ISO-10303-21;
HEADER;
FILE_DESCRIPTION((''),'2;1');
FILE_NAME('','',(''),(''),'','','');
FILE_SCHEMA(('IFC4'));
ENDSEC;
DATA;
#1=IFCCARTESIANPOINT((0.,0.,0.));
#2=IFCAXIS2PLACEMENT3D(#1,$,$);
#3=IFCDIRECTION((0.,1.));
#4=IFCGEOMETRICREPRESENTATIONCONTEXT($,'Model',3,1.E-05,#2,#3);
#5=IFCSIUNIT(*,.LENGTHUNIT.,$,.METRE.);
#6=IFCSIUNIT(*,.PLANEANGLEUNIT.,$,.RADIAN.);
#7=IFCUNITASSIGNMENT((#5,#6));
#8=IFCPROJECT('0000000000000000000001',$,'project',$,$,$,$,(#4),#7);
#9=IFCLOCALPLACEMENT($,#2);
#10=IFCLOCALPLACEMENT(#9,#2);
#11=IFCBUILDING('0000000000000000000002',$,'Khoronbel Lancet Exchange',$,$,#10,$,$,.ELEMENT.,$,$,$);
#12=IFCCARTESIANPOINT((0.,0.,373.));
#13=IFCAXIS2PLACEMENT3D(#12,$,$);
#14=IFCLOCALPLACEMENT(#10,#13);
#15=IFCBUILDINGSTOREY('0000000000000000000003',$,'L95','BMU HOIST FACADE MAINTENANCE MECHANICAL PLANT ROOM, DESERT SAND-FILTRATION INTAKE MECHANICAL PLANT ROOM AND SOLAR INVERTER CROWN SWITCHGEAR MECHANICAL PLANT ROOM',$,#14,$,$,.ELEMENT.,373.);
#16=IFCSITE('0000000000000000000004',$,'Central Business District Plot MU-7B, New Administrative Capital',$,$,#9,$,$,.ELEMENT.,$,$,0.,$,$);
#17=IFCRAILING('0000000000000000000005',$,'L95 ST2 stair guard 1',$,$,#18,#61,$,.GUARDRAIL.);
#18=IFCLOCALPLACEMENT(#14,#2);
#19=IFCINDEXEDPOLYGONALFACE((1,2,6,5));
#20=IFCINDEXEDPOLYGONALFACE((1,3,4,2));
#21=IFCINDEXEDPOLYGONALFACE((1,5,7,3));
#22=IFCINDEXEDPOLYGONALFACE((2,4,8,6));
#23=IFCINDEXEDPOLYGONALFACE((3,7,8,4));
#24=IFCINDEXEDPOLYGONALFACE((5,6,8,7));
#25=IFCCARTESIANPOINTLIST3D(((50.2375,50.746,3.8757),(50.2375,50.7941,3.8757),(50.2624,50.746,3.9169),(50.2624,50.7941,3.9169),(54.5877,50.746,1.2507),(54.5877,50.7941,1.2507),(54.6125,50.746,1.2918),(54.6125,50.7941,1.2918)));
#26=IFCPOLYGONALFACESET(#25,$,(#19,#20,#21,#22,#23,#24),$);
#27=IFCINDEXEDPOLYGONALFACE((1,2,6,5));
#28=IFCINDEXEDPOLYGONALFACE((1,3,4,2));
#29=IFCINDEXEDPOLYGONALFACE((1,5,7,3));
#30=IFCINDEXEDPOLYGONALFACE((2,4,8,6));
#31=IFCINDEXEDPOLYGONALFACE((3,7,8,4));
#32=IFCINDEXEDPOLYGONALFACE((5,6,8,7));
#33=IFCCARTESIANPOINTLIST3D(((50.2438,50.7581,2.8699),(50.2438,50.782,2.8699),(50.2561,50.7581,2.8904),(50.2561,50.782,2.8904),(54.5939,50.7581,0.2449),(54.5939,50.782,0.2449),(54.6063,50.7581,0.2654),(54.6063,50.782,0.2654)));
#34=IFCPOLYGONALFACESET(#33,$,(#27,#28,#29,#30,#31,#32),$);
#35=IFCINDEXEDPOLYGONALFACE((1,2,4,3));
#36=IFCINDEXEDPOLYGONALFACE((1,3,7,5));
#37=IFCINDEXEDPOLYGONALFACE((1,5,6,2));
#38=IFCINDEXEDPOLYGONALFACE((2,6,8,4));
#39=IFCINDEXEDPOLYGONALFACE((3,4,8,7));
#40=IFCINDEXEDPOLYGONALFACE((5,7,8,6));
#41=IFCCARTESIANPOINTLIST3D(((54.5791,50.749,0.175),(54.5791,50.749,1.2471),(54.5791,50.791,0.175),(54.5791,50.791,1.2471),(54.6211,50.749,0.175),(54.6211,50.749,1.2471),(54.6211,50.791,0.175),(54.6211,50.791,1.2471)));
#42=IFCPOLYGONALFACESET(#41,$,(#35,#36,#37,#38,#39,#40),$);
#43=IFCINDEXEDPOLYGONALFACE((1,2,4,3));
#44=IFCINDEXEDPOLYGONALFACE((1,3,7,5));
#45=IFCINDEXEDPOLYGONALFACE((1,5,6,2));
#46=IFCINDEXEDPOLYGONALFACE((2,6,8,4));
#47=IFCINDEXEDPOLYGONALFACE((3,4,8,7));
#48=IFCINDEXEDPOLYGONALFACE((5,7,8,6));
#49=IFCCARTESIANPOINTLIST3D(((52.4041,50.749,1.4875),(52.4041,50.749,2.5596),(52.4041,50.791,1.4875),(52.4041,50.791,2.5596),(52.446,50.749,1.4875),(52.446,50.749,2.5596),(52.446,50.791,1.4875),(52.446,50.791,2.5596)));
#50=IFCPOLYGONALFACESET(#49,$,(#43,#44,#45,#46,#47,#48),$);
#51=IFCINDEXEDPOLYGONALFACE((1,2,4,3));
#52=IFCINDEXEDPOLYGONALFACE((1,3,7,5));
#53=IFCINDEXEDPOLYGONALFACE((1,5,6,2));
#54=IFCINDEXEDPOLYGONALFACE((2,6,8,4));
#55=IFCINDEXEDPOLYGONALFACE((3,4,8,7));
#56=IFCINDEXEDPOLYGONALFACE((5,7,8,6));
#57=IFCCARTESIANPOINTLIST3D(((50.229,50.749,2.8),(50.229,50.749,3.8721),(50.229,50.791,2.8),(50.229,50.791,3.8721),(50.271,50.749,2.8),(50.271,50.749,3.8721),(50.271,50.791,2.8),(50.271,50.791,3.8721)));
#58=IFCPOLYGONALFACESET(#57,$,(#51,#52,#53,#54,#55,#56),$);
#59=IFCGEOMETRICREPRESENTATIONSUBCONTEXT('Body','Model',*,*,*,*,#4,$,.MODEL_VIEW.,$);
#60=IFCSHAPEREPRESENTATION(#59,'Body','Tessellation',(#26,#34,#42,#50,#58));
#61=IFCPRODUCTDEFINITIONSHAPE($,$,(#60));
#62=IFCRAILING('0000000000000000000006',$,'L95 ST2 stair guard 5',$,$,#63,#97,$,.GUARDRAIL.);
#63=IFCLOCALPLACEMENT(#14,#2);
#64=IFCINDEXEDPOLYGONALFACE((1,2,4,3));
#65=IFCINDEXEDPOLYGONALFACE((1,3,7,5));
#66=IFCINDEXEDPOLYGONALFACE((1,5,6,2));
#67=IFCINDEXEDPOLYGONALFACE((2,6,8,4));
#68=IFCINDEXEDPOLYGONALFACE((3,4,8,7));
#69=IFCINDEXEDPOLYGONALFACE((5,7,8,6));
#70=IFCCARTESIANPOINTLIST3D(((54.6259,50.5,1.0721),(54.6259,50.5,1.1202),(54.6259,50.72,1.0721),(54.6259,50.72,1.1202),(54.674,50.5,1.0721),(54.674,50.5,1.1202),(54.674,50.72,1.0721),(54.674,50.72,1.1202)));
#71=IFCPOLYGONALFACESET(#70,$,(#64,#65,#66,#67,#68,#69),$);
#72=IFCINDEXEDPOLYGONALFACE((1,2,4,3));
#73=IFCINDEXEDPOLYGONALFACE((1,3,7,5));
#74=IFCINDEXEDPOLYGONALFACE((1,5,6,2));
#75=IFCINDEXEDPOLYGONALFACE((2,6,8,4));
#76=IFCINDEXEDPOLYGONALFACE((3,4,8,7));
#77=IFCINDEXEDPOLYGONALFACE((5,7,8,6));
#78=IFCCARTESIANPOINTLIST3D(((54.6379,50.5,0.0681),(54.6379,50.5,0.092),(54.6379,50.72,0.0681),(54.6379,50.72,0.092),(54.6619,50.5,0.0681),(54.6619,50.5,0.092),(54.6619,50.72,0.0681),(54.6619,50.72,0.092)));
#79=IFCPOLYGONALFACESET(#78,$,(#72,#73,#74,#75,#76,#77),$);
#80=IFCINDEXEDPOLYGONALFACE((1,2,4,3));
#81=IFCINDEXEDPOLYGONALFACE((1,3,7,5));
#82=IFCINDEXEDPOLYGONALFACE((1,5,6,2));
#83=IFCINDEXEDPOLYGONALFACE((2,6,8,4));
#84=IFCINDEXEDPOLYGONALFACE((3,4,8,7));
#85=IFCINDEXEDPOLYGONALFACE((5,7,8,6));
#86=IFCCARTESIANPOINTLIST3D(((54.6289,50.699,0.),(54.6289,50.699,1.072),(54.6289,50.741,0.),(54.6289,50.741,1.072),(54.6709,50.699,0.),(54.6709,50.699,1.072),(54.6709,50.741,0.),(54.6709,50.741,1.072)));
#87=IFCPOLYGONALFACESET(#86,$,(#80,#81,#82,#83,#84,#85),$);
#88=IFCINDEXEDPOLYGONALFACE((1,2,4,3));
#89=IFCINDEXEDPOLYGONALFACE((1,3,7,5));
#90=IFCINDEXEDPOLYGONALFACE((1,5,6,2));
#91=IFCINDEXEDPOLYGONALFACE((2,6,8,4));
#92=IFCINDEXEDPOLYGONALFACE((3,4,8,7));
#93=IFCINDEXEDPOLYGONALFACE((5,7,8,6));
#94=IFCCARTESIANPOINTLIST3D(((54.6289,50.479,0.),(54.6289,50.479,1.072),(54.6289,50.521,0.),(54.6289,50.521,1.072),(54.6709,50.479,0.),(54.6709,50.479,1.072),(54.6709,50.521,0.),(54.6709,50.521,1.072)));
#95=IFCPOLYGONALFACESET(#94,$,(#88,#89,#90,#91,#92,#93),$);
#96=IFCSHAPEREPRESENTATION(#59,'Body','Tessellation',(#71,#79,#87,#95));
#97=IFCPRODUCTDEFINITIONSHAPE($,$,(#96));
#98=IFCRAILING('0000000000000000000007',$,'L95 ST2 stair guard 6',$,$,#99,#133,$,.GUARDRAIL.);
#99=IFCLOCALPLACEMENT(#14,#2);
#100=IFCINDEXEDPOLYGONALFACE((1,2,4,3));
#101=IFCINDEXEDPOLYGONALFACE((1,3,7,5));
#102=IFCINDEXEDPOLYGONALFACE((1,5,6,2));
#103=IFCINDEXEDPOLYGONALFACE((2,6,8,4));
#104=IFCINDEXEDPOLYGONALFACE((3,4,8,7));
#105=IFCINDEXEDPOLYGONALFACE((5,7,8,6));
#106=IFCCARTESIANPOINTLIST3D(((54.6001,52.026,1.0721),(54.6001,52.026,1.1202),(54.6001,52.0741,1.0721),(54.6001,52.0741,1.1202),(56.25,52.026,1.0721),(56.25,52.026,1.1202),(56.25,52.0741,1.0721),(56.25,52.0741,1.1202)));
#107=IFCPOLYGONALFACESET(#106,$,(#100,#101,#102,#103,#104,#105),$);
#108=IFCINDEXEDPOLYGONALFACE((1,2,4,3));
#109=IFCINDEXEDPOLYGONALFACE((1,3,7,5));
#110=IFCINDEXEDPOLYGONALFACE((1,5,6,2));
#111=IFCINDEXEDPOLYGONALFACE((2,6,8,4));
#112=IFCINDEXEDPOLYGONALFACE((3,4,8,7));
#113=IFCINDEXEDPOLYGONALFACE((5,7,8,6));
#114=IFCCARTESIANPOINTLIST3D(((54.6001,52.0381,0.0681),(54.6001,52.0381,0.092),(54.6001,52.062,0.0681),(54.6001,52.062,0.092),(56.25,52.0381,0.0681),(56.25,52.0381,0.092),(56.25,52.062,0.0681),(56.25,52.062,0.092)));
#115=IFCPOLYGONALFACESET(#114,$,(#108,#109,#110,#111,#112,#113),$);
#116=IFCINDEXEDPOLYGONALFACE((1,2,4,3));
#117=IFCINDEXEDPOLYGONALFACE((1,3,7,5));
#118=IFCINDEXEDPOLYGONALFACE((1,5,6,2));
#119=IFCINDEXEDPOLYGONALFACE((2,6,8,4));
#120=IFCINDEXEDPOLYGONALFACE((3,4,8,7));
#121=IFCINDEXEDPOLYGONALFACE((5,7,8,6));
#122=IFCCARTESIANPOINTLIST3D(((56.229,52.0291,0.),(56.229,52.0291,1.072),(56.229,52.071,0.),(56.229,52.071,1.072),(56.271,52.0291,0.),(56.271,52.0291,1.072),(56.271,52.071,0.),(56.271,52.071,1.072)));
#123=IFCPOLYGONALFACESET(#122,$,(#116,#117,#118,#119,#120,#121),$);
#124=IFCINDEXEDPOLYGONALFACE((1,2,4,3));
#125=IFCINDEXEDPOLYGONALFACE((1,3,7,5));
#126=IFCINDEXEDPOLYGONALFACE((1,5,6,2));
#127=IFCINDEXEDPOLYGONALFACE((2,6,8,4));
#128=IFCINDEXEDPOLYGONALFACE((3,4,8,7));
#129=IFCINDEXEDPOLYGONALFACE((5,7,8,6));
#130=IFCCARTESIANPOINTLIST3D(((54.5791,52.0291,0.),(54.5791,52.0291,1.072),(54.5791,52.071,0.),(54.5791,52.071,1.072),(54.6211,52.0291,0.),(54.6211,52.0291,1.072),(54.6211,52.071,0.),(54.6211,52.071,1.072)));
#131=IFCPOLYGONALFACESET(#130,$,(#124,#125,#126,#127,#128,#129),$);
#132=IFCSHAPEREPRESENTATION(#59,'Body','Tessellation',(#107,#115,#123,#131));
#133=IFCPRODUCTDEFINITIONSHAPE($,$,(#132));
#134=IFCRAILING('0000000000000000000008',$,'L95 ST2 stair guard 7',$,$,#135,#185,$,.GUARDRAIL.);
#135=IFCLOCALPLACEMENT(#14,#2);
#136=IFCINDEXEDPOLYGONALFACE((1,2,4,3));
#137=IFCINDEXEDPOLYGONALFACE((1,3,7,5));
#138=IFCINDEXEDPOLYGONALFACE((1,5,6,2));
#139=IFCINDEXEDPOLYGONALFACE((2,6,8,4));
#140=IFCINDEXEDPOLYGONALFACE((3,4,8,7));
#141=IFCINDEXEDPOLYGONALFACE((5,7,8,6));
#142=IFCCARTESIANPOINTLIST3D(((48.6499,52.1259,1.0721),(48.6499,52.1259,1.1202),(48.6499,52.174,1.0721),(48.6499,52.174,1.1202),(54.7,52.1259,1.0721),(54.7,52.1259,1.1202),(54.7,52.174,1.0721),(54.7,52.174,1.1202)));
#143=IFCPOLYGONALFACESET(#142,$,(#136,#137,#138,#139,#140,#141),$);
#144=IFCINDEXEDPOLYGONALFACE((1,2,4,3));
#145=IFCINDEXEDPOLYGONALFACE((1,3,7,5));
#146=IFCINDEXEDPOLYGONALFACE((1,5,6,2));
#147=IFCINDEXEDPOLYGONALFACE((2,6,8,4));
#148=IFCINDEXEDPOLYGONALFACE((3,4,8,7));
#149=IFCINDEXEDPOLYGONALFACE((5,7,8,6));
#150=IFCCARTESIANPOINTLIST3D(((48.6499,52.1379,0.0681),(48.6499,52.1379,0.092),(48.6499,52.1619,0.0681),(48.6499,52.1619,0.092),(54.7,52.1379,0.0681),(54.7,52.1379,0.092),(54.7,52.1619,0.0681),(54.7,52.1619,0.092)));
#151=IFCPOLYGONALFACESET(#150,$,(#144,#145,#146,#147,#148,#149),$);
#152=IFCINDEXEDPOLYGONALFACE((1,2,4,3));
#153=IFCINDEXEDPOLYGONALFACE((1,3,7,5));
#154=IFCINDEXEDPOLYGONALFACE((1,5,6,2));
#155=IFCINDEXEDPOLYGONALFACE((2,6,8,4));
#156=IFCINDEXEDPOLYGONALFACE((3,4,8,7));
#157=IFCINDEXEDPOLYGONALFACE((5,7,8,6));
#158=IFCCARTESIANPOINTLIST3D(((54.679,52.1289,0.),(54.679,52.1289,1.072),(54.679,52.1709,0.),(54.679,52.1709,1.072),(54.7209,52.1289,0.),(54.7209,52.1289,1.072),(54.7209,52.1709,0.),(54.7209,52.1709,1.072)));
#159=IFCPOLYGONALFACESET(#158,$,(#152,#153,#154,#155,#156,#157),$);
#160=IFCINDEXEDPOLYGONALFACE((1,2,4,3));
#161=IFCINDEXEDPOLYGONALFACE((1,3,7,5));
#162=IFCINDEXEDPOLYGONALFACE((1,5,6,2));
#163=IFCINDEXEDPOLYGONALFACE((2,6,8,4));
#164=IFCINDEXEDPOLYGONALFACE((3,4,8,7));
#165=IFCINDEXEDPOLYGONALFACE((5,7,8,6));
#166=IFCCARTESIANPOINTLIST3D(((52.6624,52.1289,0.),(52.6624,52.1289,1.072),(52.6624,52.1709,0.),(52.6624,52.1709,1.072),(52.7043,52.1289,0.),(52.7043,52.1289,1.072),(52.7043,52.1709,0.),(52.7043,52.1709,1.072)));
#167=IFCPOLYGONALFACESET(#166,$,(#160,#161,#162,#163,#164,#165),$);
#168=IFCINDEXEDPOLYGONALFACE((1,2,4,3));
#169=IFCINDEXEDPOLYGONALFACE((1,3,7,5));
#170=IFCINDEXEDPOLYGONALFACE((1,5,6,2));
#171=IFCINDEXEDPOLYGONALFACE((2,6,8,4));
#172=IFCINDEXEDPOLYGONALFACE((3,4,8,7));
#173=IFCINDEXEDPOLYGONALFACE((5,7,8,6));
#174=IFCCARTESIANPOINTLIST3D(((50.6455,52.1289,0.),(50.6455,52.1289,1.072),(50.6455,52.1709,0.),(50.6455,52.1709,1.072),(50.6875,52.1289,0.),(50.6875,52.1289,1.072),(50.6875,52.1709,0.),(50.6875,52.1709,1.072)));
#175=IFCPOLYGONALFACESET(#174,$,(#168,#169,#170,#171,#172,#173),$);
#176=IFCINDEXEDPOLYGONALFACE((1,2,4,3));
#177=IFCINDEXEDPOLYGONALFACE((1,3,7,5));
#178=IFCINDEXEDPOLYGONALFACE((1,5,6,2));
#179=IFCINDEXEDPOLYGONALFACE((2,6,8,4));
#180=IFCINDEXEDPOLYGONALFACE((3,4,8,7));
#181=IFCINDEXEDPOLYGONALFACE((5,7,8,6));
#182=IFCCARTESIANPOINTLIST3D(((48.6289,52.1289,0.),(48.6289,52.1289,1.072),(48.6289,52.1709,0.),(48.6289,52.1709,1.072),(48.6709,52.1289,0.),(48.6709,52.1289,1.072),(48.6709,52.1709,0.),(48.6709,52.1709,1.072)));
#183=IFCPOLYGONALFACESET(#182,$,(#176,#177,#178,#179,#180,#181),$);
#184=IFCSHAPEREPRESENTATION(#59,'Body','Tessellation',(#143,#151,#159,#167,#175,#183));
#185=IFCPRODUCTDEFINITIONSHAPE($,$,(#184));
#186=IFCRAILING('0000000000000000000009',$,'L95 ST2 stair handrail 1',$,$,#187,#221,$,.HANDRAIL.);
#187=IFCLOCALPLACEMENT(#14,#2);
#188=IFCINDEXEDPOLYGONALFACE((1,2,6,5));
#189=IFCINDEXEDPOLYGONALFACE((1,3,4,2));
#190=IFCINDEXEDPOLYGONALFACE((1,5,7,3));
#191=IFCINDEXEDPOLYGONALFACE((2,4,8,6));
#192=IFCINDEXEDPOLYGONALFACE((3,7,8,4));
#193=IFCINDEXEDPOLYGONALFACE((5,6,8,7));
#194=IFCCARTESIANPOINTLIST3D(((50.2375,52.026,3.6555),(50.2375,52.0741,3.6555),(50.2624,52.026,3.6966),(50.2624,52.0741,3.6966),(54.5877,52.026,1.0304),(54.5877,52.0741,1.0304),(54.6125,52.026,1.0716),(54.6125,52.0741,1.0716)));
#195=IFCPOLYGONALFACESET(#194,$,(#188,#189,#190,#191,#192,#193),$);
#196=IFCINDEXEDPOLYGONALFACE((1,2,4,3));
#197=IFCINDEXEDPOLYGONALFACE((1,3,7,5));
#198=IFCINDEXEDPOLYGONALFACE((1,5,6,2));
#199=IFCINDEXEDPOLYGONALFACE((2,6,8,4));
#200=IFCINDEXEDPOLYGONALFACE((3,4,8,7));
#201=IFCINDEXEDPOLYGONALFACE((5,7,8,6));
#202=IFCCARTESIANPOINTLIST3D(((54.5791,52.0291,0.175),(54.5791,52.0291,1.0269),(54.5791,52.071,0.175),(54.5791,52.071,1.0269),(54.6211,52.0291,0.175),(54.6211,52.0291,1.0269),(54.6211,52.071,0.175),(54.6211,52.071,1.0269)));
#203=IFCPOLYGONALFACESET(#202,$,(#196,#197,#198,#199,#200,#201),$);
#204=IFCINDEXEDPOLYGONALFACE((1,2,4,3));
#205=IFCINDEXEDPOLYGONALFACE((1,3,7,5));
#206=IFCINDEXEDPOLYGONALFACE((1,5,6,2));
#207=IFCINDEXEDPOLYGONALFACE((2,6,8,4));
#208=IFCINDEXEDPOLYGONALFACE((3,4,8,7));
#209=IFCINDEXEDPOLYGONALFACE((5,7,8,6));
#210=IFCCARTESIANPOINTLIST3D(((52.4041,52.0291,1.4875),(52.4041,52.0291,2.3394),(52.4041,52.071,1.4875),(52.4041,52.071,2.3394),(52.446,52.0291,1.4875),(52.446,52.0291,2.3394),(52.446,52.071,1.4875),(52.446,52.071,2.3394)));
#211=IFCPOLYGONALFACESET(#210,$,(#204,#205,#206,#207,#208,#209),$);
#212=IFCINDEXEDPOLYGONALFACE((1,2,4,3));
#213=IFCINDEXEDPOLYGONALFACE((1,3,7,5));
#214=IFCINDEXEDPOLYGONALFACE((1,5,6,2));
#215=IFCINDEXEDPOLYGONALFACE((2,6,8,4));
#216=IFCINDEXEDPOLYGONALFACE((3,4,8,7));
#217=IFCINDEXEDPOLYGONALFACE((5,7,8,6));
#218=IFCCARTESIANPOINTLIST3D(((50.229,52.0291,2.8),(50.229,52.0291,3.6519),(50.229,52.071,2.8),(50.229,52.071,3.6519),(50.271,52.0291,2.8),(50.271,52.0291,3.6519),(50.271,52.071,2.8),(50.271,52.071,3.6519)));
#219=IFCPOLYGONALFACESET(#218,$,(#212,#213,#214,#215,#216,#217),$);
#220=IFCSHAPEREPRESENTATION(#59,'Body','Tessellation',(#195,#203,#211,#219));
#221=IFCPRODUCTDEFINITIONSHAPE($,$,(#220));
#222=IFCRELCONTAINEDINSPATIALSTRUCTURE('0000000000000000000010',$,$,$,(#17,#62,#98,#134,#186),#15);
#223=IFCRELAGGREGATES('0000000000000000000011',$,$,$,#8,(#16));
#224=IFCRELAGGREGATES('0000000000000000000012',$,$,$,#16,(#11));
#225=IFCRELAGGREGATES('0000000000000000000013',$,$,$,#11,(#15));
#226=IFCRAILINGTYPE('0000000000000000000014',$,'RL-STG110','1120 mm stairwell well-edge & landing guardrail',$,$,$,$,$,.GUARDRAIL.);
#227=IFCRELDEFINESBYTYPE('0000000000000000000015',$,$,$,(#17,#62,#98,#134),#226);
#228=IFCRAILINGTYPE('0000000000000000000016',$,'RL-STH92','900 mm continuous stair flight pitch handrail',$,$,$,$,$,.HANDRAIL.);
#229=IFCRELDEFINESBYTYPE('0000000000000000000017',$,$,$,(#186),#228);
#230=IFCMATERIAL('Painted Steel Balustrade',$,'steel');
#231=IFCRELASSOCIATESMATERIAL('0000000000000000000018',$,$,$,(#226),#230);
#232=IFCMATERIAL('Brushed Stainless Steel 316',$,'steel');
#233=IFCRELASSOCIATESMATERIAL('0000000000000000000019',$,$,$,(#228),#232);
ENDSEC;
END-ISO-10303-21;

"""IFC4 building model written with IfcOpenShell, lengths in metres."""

from ifc_helpers import new_model, si_unit, direction, frame, origin, origin_2d, place, context, subcontext, project, spatial, rectangle, extrude, material, type_object, element, save


model = new_model("IFC4")

# Units and contexts
model_context = context("Model", 3, precision=1e-05, world=origin(), true_north=direction((0.0, 1.0)))
body_context = subcontext(model_context, "Body", "Model", "MODEL_VIEW")
ifc_project = project(units=[si_unit("LENGTHUNIT", "METRE"), si_unit("PLANEANGLEUNIT", "RADIAN")], contexts=[model_context])

# Site, building, storey
site_placement = place(None, origin())
site = spatial("IfcSite", under=ifc_project, at=site_placement, Name="Central Business District Plot MU-7B, New Administrative Capital", CompositionType="ELEMENT", RefElevation=0.0)
building_placement = place(site_placement, origin())
building = spatial("IfcBuilding", under=site, at=building_placement, Name="Khoronbel Lancet Exchange", CompositionType="ELEMENT")
storey_placement = place(building_placement, frame((0.0, 0.0, 373.0)))
storey = spatial("IfcBuildingStorey", under=building, at=storey_placement, Name="L95", Description="BMU HOIST FACADE MAINTENANCE MECHANICAL PLANT ROOM, DESERT SAND-FILTRATION INTAKE MECHANICAL PLANT ROOM AND SOLAR INVERTER CROWN SWITCHGEAR MECHANICAL PLANT ROOM", CompositionType="ELEMENT", Elevation=373.0)

# Railings
ifc_material_1 = material(Name="Painted Steel Balustrade", Category="steel")
railing_type_1 = type_object("IfcRailingType", Name="RL-STG110", Description="1120 mm stairwell well-edge & landing guardrail", PredefinedType="GUARDRAIL", material=ifc_material_1)
railing_1_placement = place(storey_placement, frame((54.6001, 50.77, 0.175)))
element("IfcRailing", 1, at=railing_1_placement, inside=storey, type_object=railing_type_1, Name="L95 ST2 stair guard 1", PredefinedType="GUARDRAIL", context=body_context, shape_type="SweptSolid", body=[
    extrude(rectangle(XDim=0.0481, YDim=0.0481, at=origin_2d()), frame((0.0, 0.0, 1.0962), z_axis=(-0.856193, 0.0, 0.516656), x_axis=(0.0, -1.0, 0.0)), (0.0, 0.0, 1.0), 5.0808),
    extrude(rectangle(XDim=0.0239, YDim=0.0239, at=origin_2d()), frame((0.0, 0.0, 0.0801), z_axis=(-0.856193, 0.0, 0.516656), x_axis=(0.0, -1.0, 0.0)), (0.0, 0.0, 1.0), 5.0808),
    extrude(rectangle(XDim=0.042, YDim=0.042, at=origin_2d()), origin(), (0.0, 0.0, 1.0), 1.072),
    extrude(rectangle(XDim=0.042, YDim=0.042, at=origin_2d()), frame((-2.175, 0.0, 1.3125)), (0.0, 0.0, 1.0), 1.072),
    extrude(rectangle(XDim=0.042, YDim=0.042, at=origin_2d()), frame((-4.3501, 0.0, 2.625)), (0.0, 0.0, 1.0), 1.072),
])
railing_2_placement = place(storey_placement, frame((54.6499, 50.72, 0.0)))
element("IfcRailing", 2, at=railing_2_placement, inside=storey, type_object=railing_type_1, Name="L95 ST2 stair guard 5", PredefinedType="GUARDRAIL", context=body_context, shape_type="SweptSolid", body=[
    extrude(rectangle(XDim=0.0481, YDim=0.0481, at=origin_2d()), frame((0.0, 0.0, 1.0962), z_axis=(0.0, -1.0, 0.0), x_axis=(1.0, 0.0, 0.0)), (0.0, 0.0, 1.0), 0.22),
    extrude(rectangle(XDim=0.0239, YDim=0.0239, at=origin_2d()), frame((0.0, 0.0, 0.0801), z_axis=(0.0, -1.0, 0.0), x_axis=(1.0, 0.0, 0.0)), (0.0, 0.0, 1.0), 0.22),
    extrude(rectangle(XDim=0.042, YDim=0.042, at=origin_2d()), origin(), (0.0, 0.0, 1.0), 1.072),
    extrude(rectangle(XDim=0.042, YDim=0.042, at=origin_2d()), frame((0.0, -0.22, 0.0)), (0.0, 0.0, 1.0), 1.072),
])
railing_3_placement = place(storey_placement, frame((56.25, 52.05, 0.0)))
element("IfcRailing", 3, at=railing_3_placement, inside=storey, type_object=railing_type_1, Name="L95 ST2 stair guard 6", PredefinedType="GUARDRAIL", context=body_context, shape_type="SweptSolid", body=[
    extrude(rectangle(XDim=0.0481, YDim=0.0481, at=origin_2d()), frame((0.0, 0.0, 1.0962), z_axis=(-1.0, 0.0, 0.0), x_axis=(0.0, -1.0, 0.0)), (0.0, 0.0, 1.0), 1.6499),
    extrude(rectangle(XDim=0.0239, YDim=0.0239, at=origin_2d()), frame((0.0, 0.0, 0.0801), z_axis=(-1.0, 0.0, 0.0), x_axis=(0.0, -1.0, 0.0)), (0.0, 0.0, 1.0), 1.6499),
    extrude(rectangle(XDim=0.042, YDim=0.042, at=origin_2d()), origin(), (0.0, 0.0, 1.0), 1.072),
    extrude(rectangle(XDim=0.042, YDim=0.042, at=origin_2d()), frame((-1.6499, 0.0, 0.0)), (0.0, 0.0, 1.0), 1.072),
])
railing_4_placement = place(storey_placement, frame((54.7, 52.1499, 0.0)))
element("IfcRailing", 4, at=railing_4_placement, inside=storey, type_object=railing_type_1, Name="L95 ST2 stair guard 7", PredefinedType="GUARDRAIL", context=body_context, shape_type="SweptSolid", body=[
    extrude(rectangle(XDim=0.0481, YDim=0.0481, at=origin_2d()), frame((0.0, 0.0, 1.0962), z_axis=(-1.0, 0.0, 0.0), x_axis=(0.0, -1.0, 0.0)), (0.0, 0.0, 1.0), 6.05),
    extrude(rectangle(XDim=0.0239, YDim=0.0239, at=origin_2d()), frame((0.0, 0.0, 0.0801), z_axis=(-1.0, 0.0, 0.0), x_axis=(0.0, -1.0, 0.0)), (0.0, 0.0, 1.0), 6.05),
    extrude(rectangle(XDim=0.042, YDim=0.042, at=origin_2d()), origin(), (0.0, 0.0, 1.0), 1.072),
    extrude(rectangle(XDim=0.042, YDim=0.042, at=origin_2d()), frame((-2.0166, 0.0, 0.0)), (0.0, 0.0, 1.0), 1.072),
    extrude(rectangle(XDim=0.042, YDim=0.042, at=origin_2d()), frame((-4.0334, 0.0, 0.0)), (0.0, 0.0, 1.0), 1.072),
    extrude(rectangle(XDim=0.042, YDim=0.042, at=origin_2d()), frame((-6.05, 0.0, 0.0)), (0.0, 0.0, 1.0), 1.072),
])
ifc_material_2 = material(Name="Brushed Stainless Steel 316", Category="steel")
railing_type_2 = type_object("IfcRailingType", Name="RL-STH92", Description="900 mm continuous stair flight pitch handrail", PredefinedType="HANDRAIL", material=ifc_material_2)
railing_5_placement = place(storey_placement, frame((54.6001, 52.05, 0.175)))
element("IfcRailing", 5, at=railing_5_placement, inside=storey, type_object=railing_type_2, Name="L95 ST2 stair handrail 1", PredefinedType="HANDRAIL", context=body_context, shape_type="SweptSolid", body=[
    extrude(rectangle(XDim=0.0481, YDim=0.0481, at=origin_2d()), frame((0.0, 0.0, 0.876), z_axis=(-0.856193, 0.0, 0.516656), x_axis=(0.0, -1.0, 0.0)), (0.0, 0.0, 1.0), 5.0808),
    extrude(rectangle(XDim=0.042, YDim=0.042, at=origin_2d()), origin(), (0.0, 0.0, 1.0), 0.8518),
    extrude(rectangle(XDim=0.042, YDim=0.042, at=origin_2d()), frame((-2.175, 0.0, 1.3125)), (0.0, 0.0, 1.0), 0.8518),
    extrude(rectangle(XDim=0.042, YDim=0.042, at=origin_2d()), frame((-4.3501, 0.0, 2.625)), (0.0, 0.0, 1.0), 0.8518),
])

save(model, "model.ifc")
